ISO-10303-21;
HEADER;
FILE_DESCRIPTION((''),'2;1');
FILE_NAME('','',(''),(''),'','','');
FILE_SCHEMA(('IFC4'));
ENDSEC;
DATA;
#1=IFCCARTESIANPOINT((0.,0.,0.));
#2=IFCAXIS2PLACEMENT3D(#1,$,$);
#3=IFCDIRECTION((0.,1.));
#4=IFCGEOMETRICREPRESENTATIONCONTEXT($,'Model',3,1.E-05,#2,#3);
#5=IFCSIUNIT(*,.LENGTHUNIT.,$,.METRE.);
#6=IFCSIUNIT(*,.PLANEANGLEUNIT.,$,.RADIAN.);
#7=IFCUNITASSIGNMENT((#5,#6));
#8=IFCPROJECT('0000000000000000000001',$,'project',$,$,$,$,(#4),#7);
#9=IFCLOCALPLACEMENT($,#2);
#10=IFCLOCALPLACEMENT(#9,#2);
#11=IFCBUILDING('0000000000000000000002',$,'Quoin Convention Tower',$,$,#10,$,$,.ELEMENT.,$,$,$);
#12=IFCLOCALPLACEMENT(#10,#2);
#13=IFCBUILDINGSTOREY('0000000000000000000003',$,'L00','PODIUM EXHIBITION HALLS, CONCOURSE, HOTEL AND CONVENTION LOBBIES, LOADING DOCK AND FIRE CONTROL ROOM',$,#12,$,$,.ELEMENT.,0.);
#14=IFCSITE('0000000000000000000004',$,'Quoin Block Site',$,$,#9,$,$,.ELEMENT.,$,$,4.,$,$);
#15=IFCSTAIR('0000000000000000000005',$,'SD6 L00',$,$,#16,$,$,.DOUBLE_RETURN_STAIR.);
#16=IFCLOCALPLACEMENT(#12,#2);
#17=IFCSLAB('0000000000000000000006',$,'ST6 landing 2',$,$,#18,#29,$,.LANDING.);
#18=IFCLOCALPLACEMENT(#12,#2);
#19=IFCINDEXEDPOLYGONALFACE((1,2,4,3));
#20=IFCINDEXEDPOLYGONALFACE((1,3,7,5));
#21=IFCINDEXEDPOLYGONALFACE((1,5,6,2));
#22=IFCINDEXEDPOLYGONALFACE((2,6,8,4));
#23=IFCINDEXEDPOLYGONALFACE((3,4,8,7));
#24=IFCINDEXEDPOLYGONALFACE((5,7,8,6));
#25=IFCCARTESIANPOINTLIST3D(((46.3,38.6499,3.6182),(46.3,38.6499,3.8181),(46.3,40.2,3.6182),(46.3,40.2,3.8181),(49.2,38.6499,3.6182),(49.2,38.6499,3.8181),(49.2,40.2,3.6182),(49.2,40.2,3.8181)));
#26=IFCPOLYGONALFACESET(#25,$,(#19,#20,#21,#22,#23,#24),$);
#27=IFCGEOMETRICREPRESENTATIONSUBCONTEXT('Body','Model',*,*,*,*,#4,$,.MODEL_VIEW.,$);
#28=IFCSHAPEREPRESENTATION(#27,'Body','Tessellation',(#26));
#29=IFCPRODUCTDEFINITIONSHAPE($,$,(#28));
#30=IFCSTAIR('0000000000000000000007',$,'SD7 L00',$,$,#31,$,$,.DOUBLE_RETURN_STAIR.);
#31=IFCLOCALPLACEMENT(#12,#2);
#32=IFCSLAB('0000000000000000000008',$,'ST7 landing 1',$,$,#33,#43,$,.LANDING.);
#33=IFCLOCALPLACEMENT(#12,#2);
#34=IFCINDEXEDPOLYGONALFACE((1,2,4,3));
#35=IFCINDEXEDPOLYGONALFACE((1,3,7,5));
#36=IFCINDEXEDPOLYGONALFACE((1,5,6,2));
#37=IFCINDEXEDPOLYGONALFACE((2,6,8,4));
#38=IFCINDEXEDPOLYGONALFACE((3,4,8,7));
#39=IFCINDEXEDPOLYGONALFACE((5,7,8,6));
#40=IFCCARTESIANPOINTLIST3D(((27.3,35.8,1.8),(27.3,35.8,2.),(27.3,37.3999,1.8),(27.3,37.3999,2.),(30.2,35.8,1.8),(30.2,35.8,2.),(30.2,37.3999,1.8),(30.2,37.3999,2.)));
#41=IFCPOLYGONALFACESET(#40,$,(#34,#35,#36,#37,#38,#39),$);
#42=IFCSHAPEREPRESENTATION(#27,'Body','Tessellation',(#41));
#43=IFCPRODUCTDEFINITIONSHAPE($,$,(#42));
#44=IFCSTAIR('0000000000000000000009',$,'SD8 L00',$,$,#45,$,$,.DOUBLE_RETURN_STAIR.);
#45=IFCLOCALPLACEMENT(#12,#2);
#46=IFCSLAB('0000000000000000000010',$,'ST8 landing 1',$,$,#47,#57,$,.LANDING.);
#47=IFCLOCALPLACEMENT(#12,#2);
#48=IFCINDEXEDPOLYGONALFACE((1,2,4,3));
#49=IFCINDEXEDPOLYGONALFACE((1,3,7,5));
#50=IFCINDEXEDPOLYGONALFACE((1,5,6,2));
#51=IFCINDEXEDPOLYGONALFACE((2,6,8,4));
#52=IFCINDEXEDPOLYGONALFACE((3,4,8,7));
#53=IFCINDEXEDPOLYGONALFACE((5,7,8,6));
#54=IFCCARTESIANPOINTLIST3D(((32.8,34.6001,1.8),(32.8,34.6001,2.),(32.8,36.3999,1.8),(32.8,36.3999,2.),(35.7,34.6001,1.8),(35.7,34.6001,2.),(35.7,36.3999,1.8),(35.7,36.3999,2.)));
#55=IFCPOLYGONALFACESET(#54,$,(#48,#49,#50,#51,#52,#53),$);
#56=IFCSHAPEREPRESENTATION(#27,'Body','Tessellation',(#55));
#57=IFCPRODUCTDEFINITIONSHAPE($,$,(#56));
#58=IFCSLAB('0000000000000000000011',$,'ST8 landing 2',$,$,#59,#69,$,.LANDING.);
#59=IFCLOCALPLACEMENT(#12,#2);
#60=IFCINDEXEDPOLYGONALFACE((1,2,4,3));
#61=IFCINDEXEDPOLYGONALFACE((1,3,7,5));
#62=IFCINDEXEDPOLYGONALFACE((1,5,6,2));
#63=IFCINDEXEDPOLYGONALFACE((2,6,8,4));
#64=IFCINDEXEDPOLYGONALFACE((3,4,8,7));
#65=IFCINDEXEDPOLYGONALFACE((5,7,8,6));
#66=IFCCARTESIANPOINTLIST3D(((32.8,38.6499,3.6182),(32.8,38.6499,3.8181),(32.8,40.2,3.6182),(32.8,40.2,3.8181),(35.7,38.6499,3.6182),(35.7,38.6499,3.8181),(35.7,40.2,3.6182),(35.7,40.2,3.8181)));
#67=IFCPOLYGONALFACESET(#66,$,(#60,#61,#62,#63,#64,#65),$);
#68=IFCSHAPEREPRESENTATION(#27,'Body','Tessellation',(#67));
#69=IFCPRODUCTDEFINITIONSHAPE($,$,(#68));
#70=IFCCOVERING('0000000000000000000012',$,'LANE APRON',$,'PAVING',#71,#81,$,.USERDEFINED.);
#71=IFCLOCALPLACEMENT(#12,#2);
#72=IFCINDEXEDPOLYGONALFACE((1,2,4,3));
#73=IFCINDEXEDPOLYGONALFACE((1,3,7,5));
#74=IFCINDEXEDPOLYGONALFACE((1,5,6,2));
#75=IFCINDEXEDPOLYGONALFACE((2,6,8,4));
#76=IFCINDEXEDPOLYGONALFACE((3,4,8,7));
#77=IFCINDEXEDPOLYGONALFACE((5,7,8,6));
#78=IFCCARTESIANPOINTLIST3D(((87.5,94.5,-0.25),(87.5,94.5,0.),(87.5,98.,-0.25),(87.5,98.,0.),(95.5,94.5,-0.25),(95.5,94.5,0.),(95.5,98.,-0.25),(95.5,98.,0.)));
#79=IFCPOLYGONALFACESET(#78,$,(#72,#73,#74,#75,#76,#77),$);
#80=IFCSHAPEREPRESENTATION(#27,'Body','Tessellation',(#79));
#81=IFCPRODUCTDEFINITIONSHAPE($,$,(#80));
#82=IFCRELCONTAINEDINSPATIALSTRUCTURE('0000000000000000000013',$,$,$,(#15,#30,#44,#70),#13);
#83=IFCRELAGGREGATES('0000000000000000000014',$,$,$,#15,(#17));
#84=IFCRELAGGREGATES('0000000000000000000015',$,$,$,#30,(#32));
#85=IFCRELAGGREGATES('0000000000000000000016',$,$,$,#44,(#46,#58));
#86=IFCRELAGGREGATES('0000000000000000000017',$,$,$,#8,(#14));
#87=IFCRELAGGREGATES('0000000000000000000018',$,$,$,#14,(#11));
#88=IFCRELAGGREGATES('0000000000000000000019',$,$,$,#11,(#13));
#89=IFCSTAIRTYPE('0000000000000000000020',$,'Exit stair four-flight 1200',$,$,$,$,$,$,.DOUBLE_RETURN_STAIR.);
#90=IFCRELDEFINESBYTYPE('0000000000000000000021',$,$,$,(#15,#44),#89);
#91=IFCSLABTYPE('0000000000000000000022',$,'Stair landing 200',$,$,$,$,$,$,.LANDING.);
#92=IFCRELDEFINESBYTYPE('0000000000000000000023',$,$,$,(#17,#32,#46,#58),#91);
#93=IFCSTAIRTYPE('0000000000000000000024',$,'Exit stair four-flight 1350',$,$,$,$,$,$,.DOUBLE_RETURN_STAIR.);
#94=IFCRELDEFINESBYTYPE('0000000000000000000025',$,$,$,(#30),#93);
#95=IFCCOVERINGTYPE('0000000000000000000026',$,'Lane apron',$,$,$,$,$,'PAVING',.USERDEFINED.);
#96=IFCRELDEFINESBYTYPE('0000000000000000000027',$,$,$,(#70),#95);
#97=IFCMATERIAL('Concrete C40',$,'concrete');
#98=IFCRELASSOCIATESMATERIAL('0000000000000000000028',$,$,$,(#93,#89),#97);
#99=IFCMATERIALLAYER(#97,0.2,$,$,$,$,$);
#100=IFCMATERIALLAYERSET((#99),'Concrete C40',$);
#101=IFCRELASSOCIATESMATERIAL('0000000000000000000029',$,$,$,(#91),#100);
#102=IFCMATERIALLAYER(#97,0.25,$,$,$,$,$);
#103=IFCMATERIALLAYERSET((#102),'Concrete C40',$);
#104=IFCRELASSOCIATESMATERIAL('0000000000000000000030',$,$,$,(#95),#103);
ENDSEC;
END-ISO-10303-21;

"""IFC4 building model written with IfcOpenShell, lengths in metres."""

from ifc_helpers import new_model, si_unit, direction, frame, origin, place, context, subcontext, project, spatial, polyline, outline, extrude, material, layer, layer_set, type_object, element, aggregate, save


model = new_model("IFC4")

# Units and contexts
model_context = context("Model", 3, precision=1e-05, world=origin(), true_north=direction((0.0, 1.0)))
body_context = subcontext(model_context, "Body", "Model", "MODEL_VIEW")
ifc_project = project(units=[si_unit("LENGTHUNIT", "METRE"), si_unit("PLANEANGLEUNIT", "RADIAN")], contexts=[model_context])

# Site, building, storey
site_placement = place(None, origin())
site = spatial("IfcSite", under=ifc_project, at=site_placement, Name="Quoin Block Site", CompositionType="ELEMENT", RefElevation=4.0)
building_placement = place(site_placement, origin())
building = spatial("IfcBuilding", under=site, at=building_placement, Name="Quoin Convention Tower", CompositionType="ELEMENT")
storey_placement = place(building_placement, origin())
storey = spatial("IfcBuildingStorey", under=building, at=storey_placement, Name="L00", Description="PODIUM EXHIBITION HALLS, CONCOURSE, HOTEL AND CONVENTION LOBBIES, LOADING DOCK AND FIRE CONTROL ROOM", CompositionType="ELEMENT", Elevation=0.0)

# Shared definitions
ifc_material_1 = material(Name="Concrete C40", Category="concrete")

# Shared definitions
stair_type_1 = type_object("IfcStairType", Name="Exit stair four-flight 1350", PredefinedType="DOUBLE_RETURN_STAIR", material=ifc_material_1)
ifc_layer_1 = layer(ifc_material_1, 0.2)
ifc_layer_set_1 = layer_set([ifc_layer_1], Name="Concrete C40")
slab_type_1 = type_object("IfcSlabType", Name="Stair landing 200", PredefinedType="LANDING", material=ifc_layer_set_1)
stair_type_2 = type_object("IfcStairType", Name="Exit stair four-flight 1200", PredefinedType="DOUBLE_RETURN_STAIR", material=ifc_material_1)

# Stair, slab
stair_1_placement = place(storey_placement, origin())
stair_1 = element("IfcStair", 1, at=stair_1_placement, inside=storey, type_object=stair_type_2, Name="SD6 L00", PredefinedType="DOUBLE_RETURN_STAIR")
slab_1_placement = place(storey_placement, frame((0.0, 0.0, 3.6182)))
slab_1 = element("IfcSlab", 2, at=slab_1_placement, type_object=slab_type_1, Name="ST6 landing 2", PredefinedType="LANDING", context=body_context, shape_type="SweptSolid", body=[
    extrude(outline(polyline([(49.2, 40.2), (46.3, 40.2), (46.3, 38.6499), (49.2, 38.6499), (49.2, 40.2)])), origin(), (0.0, 0.0, 1.0), 0.2),
])
aggregate(stair_1, [slab_1])

# Stair, slab
stair_2_placement = place(storey_placement, origin())
stair_2 = element("IfcStair", 3, at=stair_2_placement, inside=storey, type_object=stair_type_1, Name="SD7 L00", PredefinedType="DOUBLE_RETURN_STAIR")
slab_2_placement = place(storey_placement, frame((0.0, 0.0, 1.8)))
slab_2 = element("IfcSlab", 4, at=slab_2_placement, type_object=slab_type_1, Name="ST7 landing 1", PredefinedType="LANDING", context=body_context, shape_type="SweptSolid", body=[
    extrude(outline(polyline([(27.3, 35.8), (30.2, 35.8), (30.2, 37.3999), (27.3, 37.3999), (27.3, 35.8)])), origin(), (0.0, 0.0, 1.0), 0.2),
])
aggregate(stair_2, [slab_2])

# Stair, slabs
stair_3_placement = place(storey_placement, origin())
stair_3 = element("IfcStair", 5, at=stair_3_placement, inside=storey, type_object=stair_type_2, Name="SD8 L00", PredefinedType="DOUBLE_RETURN_STAIR")
slab_3_placement = place(storey_placement, frame((0.0, 0.0, 1.8)))
slab_3 = element("IfcSlab", 6, at=slab_3_placement, type_object=slab_type_1, Name="ST8 landing 1", PredefinedType="LANDING", context=body_context, shape_type="SweptSolid", body=[
    extrude(outline(polyline([(35.7, 36.3999), (32.8, 36.3999), (32.8, 34.6001), (35.7, 34.6001), (35.7, 36.3999)])), origin(), (0.0, 0.0, 1.0), 0.2),
])
slab_4_placement = place(storey_placement, frame((0.0, 0.0, 3.6182)))
slab_4 = element("IfcSlab", 7, at=slab_4_placement, type_object=slab_type_1, Name="ST8 landing 2", PredefinedType="LANDING", context=body_context, shape_type="SweptSolid", body=[
    extrude(outline(polyline([(35.7, 40.2), (32.8, 40.2), (32.8, 38.6499), (35.7, 38.6499), (35.7, 40.2)])), origin(), (0.0, 0.0, 1.0), 0.2),
])
aggregate(stair_3, [slab_3, slab_4])

# Covering
ifc_layer_2 = layer(ifc_material_1, 0.25)
ifc_layer_set_2 = layer_set([ifc_layer_2], Name="Concrete C40")
covering_type = type_object("IfcCoveringType", Name="Lane apron", ElementType="PAVING", PredefinedType="USERDEFINED", material=ifc_layer_set_2)
covering_placement = place(storey_placement, frame((0.0, 0.0, -0.25)))
element("IfcCovering", 8, at=covering_placement, inside=storey, type_object=covering_type, Name="LANE APRON", ObjectType="PAVING", PredefinedType="USERDEFINED", context=body_context, shape_type="SweptSolid", body=[
    extrude(outline(polyline([(87.5, 94.5), (95.5, 94.5), (95.5, 98.0), (87.5, 98.0), (87.5, 94.5)])), origin(), (0.0, 0.0, 1.0), 0.25),
])

save(model, "model.ifc")
